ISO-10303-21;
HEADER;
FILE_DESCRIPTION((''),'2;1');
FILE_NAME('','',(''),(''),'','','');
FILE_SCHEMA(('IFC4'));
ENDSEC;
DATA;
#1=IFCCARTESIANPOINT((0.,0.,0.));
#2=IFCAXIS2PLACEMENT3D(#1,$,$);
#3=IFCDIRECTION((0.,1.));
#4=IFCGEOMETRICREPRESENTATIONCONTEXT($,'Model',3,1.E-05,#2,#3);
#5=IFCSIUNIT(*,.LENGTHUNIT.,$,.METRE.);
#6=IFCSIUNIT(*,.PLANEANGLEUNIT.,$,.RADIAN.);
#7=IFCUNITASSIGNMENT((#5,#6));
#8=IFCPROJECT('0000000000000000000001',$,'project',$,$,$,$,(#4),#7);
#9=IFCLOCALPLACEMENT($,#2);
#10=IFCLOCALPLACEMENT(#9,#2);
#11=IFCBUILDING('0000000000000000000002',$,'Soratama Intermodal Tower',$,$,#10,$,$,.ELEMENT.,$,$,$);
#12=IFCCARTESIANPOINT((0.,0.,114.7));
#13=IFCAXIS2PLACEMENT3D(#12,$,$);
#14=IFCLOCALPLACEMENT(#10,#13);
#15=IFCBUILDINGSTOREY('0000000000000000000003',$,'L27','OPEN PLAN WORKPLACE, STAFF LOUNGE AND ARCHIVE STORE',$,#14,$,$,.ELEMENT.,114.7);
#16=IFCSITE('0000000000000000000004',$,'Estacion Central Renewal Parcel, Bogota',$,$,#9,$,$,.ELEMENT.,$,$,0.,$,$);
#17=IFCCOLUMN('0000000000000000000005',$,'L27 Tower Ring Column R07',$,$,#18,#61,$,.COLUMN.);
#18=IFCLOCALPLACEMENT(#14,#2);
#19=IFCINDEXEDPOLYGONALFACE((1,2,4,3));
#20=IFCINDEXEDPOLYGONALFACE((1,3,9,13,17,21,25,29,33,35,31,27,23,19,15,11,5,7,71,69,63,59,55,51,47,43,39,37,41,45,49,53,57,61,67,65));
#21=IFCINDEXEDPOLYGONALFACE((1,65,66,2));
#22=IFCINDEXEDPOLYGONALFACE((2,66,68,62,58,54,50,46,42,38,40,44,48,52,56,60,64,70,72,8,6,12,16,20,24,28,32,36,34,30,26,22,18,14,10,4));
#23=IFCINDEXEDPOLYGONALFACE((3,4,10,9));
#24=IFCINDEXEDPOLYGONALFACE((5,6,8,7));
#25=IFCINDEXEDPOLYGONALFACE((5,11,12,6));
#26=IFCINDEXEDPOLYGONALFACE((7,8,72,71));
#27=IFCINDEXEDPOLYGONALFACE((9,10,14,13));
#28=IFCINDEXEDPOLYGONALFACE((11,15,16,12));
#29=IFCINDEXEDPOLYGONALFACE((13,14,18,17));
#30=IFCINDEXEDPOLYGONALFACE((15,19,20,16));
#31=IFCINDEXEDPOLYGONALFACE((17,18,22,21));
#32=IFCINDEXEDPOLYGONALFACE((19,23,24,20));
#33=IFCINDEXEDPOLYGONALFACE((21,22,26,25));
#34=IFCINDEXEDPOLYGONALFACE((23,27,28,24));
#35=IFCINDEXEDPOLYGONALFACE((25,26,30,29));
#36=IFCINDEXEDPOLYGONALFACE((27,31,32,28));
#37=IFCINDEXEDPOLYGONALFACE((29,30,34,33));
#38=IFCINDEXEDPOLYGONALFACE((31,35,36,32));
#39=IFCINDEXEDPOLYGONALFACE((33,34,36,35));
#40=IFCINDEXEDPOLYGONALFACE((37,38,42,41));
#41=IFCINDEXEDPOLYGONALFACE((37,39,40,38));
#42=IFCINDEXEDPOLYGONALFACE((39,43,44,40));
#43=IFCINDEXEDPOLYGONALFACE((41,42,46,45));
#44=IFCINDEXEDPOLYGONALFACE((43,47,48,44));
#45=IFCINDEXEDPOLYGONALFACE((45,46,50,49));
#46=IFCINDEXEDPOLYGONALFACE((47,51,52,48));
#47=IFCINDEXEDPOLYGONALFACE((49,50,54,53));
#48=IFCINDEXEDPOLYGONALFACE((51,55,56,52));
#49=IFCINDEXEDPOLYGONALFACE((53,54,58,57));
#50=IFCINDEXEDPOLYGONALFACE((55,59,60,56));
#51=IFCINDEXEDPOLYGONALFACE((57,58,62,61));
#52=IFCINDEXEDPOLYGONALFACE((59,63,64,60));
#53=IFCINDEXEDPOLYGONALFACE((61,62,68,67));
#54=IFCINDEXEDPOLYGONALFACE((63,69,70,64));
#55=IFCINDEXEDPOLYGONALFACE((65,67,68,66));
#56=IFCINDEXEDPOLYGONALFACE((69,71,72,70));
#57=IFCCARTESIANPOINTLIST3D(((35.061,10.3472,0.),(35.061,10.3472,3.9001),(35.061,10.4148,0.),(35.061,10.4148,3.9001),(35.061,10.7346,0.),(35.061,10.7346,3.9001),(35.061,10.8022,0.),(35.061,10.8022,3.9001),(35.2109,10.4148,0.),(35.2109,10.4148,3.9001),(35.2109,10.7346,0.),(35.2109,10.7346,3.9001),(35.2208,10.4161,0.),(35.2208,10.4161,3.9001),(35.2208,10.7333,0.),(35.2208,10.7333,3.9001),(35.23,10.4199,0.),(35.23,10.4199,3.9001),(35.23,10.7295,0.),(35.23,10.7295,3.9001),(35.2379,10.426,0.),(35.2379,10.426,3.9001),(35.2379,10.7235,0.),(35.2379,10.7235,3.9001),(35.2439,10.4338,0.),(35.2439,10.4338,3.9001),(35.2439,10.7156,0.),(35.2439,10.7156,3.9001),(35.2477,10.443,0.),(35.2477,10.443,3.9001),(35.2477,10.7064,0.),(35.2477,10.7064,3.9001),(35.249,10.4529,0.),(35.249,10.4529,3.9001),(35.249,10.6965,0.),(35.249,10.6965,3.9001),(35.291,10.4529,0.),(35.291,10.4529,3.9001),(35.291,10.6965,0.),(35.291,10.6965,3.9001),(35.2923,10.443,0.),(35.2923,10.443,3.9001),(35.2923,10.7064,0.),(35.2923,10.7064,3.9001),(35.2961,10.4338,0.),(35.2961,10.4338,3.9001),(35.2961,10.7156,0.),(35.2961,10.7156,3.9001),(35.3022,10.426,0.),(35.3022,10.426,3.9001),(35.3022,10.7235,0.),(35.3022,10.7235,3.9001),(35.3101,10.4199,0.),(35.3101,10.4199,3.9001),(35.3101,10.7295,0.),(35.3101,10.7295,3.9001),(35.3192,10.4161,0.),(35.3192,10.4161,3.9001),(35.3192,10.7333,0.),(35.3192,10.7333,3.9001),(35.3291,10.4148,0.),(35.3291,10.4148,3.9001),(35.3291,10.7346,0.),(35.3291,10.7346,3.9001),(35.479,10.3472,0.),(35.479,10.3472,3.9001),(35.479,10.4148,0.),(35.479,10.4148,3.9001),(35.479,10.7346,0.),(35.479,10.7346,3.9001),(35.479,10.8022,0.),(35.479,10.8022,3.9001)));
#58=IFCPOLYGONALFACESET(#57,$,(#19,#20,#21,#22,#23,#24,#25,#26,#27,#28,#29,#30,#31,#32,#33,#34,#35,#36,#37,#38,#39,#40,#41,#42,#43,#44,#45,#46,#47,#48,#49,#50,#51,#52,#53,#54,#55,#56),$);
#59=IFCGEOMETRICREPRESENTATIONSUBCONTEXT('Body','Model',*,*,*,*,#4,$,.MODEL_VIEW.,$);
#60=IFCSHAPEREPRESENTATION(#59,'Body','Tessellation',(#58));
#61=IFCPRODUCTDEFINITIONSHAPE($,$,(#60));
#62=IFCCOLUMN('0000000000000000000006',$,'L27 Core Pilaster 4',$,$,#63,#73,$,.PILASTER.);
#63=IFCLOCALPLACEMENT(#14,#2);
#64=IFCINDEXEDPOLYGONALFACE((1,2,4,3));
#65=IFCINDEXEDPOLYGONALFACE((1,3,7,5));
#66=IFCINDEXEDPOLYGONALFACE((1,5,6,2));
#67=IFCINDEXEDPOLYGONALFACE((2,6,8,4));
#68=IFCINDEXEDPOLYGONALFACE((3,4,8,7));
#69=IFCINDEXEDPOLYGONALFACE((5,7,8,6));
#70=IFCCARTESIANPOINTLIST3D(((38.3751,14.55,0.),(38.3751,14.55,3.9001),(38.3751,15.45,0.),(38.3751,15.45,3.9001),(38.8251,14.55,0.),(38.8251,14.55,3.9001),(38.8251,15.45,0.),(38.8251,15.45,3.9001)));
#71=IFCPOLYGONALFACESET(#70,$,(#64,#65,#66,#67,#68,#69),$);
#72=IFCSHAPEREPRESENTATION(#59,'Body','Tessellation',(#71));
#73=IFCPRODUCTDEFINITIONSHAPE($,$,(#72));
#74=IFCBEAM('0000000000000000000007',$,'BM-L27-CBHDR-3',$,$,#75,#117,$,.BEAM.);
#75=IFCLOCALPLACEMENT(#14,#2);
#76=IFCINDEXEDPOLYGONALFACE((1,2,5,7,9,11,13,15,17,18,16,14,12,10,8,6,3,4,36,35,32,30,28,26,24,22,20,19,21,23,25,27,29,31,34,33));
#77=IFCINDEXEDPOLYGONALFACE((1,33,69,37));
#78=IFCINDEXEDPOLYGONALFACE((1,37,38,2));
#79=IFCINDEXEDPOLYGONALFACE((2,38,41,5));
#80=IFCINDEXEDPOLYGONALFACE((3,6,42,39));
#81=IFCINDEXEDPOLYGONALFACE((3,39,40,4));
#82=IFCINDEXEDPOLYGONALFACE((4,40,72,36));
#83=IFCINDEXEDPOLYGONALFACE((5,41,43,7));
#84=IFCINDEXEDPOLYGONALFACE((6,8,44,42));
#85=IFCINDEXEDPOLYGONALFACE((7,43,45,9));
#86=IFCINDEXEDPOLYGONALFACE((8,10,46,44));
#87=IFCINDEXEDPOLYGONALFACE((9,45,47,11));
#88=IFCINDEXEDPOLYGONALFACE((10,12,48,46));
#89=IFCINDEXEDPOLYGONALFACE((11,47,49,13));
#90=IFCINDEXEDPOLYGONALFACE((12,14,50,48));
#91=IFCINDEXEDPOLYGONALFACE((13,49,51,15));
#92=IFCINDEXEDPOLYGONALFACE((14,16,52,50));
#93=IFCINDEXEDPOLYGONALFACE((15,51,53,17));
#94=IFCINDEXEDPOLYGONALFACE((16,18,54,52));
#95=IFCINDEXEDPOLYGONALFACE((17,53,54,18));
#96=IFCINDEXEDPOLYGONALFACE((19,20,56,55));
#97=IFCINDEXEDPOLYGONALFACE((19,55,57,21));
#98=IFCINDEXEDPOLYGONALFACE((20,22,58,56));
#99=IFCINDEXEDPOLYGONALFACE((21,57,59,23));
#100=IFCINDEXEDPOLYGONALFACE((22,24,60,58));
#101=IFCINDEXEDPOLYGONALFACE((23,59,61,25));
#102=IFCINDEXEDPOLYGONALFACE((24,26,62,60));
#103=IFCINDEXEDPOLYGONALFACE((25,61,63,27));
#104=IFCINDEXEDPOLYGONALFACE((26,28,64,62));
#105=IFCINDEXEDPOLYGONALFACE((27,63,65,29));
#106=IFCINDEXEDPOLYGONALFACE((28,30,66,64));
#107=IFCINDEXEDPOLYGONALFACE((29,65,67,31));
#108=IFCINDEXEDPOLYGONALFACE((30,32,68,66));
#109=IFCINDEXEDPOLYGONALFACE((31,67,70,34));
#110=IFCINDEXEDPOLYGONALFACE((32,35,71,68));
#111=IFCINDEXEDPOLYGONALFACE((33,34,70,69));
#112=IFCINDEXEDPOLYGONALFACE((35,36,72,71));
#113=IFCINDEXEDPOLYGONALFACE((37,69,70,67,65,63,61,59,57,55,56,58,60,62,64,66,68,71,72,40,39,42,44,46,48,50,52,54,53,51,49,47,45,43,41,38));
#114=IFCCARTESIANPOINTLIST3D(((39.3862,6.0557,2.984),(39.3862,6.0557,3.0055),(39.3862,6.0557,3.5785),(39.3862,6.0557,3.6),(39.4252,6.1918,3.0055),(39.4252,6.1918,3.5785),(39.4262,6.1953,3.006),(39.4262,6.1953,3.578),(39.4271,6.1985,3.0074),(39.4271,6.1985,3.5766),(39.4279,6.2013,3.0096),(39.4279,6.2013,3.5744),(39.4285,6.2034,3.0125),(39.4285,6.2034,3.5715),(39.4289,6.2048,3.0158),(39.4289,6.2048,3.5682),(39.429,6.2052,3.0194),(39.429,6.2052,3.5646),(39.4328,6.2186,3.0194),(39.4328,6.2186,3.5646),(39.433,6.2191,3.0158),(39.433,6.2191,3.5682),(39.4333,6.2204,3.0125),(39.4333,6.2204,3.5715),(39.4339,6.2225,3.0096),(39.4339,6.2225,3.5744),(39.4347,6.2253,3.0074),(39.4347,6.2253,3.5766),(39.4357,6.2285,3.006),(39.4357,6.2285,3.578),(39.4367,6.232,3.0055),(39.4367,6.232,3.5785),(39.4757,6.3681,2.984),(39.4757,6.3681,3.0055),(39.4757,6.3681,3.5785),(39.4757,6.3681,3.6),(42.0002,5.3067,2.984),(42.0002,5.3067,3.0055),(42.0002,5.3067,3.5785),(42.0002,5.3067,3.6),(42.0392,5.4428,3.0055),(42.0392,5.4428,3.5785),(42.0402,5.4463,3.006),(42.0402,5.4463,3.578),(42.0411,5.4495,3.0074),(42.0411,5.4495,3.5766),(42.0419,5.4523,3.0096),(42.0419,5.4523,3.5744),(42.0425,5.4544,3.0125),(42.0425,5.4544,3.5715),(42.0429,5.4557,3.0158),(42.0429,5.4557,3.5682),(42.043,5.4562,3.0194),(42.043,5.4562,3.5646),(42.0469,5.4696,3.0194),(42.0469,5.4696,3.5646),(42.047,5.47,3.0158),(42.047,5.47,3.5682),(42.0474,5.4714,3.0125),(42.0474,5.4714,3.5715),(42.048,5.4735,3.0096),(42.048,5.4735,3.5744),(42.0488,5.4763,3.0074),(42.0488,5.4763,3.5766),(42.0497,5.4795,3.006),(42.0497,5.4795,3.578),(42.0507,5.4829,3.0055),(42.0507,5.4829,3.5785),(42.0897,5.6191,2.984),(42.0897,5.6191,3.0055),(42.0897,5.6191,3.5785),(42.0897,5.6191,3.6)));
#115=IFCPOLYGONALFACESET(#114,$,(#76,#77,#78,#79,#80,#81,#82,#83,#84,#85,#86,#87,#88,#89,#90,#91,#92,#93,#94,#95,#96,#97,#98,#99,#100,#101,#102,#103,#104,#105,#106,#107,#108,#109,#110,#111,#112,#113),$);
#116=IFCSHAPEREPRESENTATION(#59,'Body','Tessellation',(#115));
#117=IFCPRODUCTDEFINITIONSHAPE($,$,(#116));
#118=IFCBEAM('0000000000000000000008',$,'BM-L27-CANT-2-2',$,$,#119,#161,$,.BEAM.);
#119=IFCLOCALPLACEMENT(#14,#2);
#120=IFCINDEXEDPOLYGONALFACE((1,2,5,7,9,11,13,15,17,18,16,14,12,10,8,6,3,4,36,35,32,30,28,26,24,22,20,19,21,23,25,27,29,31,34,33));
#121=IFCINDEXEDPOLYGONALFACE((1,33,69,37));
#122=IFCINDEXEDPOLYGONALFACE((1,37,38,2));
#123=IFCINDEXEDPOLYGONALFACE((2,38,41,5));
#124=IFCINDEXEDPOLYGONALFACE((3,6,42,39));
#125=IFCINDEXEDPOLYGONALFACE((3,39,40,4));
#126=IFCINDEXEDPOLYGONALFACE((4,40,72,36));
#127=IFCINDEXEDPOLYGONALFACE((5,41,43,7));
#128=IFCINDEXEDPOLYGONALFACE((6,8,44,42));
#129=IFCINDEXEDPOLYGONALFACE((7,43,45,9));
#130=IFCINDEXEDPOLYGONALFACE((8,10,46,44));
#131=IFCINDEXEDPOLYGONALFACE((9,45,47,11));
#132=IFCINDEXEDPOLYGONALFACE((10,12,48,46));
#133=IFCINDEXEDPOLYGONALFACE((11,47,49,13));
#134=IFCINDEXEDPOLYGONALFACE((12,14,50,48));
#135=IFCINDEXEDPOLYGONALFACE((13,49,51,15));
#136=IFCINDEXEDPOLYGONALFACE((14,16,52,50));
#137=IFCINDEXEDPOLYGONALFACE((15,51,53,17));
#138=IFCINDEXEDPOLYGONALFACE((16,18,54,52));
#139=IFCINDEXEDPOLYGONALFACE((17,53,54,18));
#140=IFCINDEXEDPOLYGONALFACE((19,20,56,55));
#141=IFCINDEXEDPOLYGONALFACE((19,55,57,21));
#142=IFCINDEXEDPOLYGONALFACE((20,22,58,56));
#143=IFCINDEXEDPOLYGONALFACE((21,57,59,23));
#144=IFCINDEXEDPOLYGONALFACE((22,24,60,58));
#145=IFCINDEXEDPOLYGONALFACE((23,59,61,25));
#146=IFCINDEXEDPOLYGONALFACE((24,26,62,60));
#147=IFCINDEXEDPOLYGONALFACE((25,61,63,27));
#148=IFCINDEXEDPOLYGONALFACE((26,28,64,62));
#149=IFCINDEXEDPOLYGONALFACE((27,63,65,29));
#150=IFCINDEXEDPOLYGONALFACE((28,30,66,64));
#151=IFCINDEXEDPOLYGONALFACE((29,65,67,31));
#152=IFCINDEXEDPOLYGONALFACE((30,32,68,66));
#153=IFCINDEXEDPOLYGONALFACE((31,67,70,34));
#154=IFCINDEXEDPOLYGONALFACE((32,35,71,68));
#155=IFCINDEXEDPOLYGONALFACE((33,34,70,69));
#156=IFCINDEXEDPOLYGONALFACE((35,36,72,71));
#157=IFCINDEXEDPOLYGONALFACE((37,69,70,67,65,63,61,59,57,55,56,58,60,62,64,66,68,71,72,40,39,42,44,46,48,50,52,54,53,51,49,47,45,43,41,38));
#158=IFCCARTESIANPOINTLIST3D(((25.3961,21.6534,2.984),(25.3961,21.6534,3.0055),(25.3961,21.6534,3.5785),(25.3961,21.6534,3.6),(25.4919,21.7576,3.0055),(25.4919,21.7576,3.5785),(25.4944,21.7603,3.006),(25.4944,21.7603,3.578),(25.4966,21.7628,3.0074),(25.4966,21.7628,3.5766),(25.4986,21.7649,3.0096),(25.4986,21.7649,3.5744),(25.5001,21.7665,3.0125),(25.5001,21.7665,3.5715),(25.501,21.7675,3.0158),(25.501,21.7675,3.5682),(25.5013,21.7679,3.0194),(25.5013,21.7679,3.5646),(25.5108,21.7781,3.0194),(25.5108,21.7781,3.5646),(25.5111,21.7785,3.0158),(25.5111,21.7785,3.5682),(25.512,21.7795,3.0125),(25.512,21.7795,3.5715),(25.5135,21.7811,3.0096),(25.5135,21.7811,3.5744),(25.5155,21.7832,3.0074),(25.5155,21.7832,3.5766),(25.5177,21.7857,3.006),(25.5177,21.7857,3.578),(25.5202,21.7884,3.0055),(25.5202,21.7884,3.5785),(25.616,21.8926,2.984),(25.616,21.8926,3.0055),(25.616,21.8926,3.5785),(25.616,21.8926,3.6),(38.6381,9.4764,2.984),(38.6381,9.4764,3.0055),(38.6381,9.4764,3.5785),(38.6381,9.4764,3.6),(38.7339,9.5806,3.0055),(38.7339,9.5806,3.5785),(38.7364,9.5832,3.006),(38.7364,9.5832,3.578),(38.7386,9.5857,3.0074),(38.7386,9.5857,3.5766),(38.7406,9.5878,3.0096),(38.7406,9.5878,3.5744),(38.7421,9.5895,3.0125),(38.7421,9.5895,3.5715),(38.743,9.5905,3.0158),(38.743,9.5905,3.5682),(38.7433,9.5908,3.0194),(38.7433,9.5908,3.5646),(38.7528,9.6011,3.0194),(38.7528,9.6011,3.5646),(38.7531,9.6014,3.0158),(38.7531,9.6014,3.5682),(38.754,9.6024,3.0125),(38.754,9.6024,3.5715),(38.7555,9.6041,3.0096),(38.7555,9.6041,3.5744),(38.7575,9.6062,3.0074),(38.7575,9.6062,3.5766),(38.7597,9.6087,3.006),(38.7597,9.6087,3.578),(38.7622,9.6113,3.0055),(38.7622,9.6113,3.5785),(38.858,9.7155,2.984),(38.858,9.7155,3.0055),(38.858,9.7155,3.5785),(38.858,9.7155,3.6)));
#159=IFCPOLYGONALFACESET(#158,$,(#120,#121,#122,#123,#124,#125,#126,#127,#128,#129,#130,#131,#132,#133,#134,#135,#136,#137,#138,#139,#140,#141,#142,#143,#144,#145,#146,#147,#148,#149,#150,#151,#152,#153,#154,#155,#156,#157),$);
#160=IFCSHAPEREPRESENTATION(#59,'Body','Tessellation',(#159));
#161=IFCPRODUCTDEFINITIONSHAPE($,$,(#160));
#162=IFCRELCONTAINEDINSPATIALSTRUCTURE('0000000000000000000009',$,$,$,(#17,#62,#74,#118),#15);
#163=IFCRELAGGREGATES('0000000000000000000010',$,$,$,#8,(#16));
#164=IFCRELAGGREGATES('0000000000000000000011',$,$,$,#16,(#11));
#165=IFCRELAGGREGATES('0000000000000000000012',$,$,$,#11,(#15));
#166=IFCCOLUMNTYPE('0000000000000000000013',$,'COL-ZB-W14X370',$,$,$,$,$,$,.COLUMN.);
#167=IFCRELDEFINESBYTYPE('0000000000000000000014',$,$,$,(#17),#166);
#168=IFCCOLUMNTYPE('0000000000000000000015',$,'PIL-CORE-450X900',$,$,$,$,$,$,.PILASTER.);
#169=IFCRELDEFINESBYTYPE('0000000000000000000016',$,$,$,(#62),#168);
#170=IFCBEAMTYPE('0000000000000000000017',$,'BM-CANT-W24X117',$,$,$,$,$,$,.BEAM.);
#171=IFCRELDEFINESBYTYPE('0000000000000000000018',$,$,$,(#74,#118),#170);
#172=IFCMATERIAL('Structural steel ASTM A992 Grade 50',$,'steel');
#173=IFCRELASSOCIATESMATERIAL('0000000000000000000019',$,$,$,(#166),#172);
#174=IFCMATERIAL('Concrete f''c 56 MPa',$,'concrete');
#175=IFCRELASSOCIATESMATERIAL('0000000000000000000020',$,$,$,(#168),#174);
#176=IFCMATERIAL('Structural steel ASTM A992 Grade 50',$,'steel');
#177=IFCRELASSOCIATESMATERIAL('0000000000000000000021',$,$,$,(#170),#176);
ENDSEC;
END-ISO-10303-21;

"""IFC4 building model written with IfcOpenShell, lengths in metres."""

from ifc_helpers import new_model, si_unit, direction, frame, origin, origin_2d, place, context, subcontext, project, spatial, rectangle, i_section, extrude, material, material_profile, profile_set, type_object, element, save


model = new_model("IFC4")

# Units and contexts
model_context = context("Model", 3, precision=1e-05, world=origin(), true_north=direction((0.0, 1.0)))
body_context = subcontext(model_context, "Body", "Model", "MODEL_VIEW")
ifc_project = project(units=[si_unit("LENGTHUNIT", "METRE"), si_unit("PLANEANGLEUNIT", "RADIAN")], contexts=[model_context])

# Site, building, storey
site_placement = place(None, origin())
site = spatial("IfcSite", under=ifc_project, at=site_placement, Name="Estacion Central Renewal Parcel, Bogota", CompositionType="ELEMENT", RefElevation=0.0)
building_placement = place(site_placement, origin())
building = spatial("IfcBuilding", under=site, at=building_placement, Name="Soratama Intermodal Tower", CompositionType="ELEMENT")
storey_placement = place(building_placement, frame((0.0, 0.0, 114.7)))
storey = spatial("IfcBuildingStorey", under=building, at=storey_placement, Name="L27", Description="OPEN PLAN WORKPLACE, STAFF LOUNGE AND ARCHIVE STORE", CompositionType="ELEMENT", Elevation=114.7)

# Columns
ifc_material_1 = material(Name="Structural steel ASTM A992 Grade 50", Category="steel")
ifc_material_profile_1 = material_profile(ifc_material_1, i_section(OverallWidth=0.418, OverallDepth=0.4551, WebThickness=0.042, FlangeThickness=0.0676, FilletRadius=0.0381, at=origin_2d()), Name="W14X370")
ifc_profile_set_1 = profile_set([ifc_material_profile_1], Name="Structural steel ASTM A992 Grade 50")
column_type_1 = type_object("IfcColumnType", Name="COL-ZB-W14X370", PredefinedType="COLUMN", material=ifc_profile_set_1)
column_1_placement = place(storey_placement, frame((35.27, 10.5747, 0.0), z_axis=(0.0, 0.0, 1.0), x_axis=(1.0, 0.0, 0.0)))
element("IfcColumn", 1, at=column_1_placement, inside=storey, type_object=column_type_1, Name="L27 Tower Ring Column R07", PredefinedType="COLUMN", context=body_context, shape_type="SweptSolid", body=[
    extrude(i_section(OverallWidth=0.418, OverallDepth=0.4551, WebThickness=0.042, FlangeThickness=0.0676, FilletRadius=0.0381, at=origin_2d()), origin(), (0.0, 0.0, 1.0), 3.9001),
])
ifc_material_2 = material(Name="Concrete f'c 56 MPa", Category="concrete")
ifc_material_profile_2 = material_profile(ifc_material_2, rectangle(XDim=0.45, YDim=0.8999, at=origin_2d()), Name="RC450X900")
ifc_profile_set_2 = profile_set([ifc_material_profile_2], Name="Concrete f'c 56 MPa")
column_type_2 = type_object("IfcColumnType", Name="PIL-CORE-450X900", PredefinedType="PILASTER", material=ifc_profile_set_2)
column_2_placement = place(storey_placement, frame((38.6001, 15.0, 0.0), z_axis=(0.0, 0.0, 1.0), x_axis=(1.0, 0.0, 0.0)))
element("IfcColumn", 2, at=column_2_placement, inside=storey, type_object=column_type_2, Name="L27 Core Pilaster 4", PredefinedType="PILASTER", context=body_context, shape_type="SweptSolid", body=[
    extrude(rectangle(XDim=0.45, YDim=0.8999, at=origin_2d()), origin(), (0.0, 0.0, 1.0), 3.9001),
])

# Beams
ifc_material_3 = material(Name="Structural steel ASTM A992 Grade 50", Category="steel")
ifc_material_profile_3 = material_profile(ifc_material_3, i_section(OverallWidth=0.325, OverallDepth=0.616, WebThickness=0.0139, FlangeThickness=0.0215, FilletRadius=0.0139, at=origin_2d()), Name="W24X117")
ifc_profile_set_3 = profile_set([ifc_material_profile_3], Name="Structural steel ASTM A992 Grade 50")
beam_type_1 = type_object("IfcBeamType", Name="BM-CANT-W24X117", PredefinedType="BEAM", material=ifc_profile_set_3)
beam_1_placement = place(storey_placement, frame((39.4309, 6.2119, 3.292), z_axis=(0.961314, -0.275456, 0.0), x_axis=(0.275456, 0.961314, 0.0)))
element("IfcBeam", 3, at=beam_1_placement, inside=storey, type_object=beam_type_1, Name="BM-L27-CBHDR-3", PredefinedType="BEAM", context=body_context, shape_type="SweptSolid", body=[
    extrude(i_section(OverallWidth=0.325, OverallDepth=0.616, WebThickness=0.0139, FlangeThickness=0.0215, FilletRadius=0.0139, at=origin_2d()), origin(), (0.0, 0.0, 1.0), 2.7192),
])
beam_2_placement = place(storey_placement, frame((38.748, 9.5959, 3.292), z_axis=(-0.736086, 0.676888, 0.0), x_axis=(-0.676888, -0.736086, 0.0)))
element("IfcBeam", 4, at=beam_2_placement, inside=storey, type_object=beam_type_1, Name="BM-L27-CANT-2-2", PredefinedType="BEAM", context=body_context, shape_type="SweptSolid", body=[
    extrude(i_section(OverallWidth=0.325, OverallDepth=0.616, WebThickness=0.0139, FlangeThickness=0.0215, FilletRadius=0.0139, at=origin_2d()), origin(), (0.0, 0.0, 1.0), 17.9897),
])

save(model, "model.ifc")
